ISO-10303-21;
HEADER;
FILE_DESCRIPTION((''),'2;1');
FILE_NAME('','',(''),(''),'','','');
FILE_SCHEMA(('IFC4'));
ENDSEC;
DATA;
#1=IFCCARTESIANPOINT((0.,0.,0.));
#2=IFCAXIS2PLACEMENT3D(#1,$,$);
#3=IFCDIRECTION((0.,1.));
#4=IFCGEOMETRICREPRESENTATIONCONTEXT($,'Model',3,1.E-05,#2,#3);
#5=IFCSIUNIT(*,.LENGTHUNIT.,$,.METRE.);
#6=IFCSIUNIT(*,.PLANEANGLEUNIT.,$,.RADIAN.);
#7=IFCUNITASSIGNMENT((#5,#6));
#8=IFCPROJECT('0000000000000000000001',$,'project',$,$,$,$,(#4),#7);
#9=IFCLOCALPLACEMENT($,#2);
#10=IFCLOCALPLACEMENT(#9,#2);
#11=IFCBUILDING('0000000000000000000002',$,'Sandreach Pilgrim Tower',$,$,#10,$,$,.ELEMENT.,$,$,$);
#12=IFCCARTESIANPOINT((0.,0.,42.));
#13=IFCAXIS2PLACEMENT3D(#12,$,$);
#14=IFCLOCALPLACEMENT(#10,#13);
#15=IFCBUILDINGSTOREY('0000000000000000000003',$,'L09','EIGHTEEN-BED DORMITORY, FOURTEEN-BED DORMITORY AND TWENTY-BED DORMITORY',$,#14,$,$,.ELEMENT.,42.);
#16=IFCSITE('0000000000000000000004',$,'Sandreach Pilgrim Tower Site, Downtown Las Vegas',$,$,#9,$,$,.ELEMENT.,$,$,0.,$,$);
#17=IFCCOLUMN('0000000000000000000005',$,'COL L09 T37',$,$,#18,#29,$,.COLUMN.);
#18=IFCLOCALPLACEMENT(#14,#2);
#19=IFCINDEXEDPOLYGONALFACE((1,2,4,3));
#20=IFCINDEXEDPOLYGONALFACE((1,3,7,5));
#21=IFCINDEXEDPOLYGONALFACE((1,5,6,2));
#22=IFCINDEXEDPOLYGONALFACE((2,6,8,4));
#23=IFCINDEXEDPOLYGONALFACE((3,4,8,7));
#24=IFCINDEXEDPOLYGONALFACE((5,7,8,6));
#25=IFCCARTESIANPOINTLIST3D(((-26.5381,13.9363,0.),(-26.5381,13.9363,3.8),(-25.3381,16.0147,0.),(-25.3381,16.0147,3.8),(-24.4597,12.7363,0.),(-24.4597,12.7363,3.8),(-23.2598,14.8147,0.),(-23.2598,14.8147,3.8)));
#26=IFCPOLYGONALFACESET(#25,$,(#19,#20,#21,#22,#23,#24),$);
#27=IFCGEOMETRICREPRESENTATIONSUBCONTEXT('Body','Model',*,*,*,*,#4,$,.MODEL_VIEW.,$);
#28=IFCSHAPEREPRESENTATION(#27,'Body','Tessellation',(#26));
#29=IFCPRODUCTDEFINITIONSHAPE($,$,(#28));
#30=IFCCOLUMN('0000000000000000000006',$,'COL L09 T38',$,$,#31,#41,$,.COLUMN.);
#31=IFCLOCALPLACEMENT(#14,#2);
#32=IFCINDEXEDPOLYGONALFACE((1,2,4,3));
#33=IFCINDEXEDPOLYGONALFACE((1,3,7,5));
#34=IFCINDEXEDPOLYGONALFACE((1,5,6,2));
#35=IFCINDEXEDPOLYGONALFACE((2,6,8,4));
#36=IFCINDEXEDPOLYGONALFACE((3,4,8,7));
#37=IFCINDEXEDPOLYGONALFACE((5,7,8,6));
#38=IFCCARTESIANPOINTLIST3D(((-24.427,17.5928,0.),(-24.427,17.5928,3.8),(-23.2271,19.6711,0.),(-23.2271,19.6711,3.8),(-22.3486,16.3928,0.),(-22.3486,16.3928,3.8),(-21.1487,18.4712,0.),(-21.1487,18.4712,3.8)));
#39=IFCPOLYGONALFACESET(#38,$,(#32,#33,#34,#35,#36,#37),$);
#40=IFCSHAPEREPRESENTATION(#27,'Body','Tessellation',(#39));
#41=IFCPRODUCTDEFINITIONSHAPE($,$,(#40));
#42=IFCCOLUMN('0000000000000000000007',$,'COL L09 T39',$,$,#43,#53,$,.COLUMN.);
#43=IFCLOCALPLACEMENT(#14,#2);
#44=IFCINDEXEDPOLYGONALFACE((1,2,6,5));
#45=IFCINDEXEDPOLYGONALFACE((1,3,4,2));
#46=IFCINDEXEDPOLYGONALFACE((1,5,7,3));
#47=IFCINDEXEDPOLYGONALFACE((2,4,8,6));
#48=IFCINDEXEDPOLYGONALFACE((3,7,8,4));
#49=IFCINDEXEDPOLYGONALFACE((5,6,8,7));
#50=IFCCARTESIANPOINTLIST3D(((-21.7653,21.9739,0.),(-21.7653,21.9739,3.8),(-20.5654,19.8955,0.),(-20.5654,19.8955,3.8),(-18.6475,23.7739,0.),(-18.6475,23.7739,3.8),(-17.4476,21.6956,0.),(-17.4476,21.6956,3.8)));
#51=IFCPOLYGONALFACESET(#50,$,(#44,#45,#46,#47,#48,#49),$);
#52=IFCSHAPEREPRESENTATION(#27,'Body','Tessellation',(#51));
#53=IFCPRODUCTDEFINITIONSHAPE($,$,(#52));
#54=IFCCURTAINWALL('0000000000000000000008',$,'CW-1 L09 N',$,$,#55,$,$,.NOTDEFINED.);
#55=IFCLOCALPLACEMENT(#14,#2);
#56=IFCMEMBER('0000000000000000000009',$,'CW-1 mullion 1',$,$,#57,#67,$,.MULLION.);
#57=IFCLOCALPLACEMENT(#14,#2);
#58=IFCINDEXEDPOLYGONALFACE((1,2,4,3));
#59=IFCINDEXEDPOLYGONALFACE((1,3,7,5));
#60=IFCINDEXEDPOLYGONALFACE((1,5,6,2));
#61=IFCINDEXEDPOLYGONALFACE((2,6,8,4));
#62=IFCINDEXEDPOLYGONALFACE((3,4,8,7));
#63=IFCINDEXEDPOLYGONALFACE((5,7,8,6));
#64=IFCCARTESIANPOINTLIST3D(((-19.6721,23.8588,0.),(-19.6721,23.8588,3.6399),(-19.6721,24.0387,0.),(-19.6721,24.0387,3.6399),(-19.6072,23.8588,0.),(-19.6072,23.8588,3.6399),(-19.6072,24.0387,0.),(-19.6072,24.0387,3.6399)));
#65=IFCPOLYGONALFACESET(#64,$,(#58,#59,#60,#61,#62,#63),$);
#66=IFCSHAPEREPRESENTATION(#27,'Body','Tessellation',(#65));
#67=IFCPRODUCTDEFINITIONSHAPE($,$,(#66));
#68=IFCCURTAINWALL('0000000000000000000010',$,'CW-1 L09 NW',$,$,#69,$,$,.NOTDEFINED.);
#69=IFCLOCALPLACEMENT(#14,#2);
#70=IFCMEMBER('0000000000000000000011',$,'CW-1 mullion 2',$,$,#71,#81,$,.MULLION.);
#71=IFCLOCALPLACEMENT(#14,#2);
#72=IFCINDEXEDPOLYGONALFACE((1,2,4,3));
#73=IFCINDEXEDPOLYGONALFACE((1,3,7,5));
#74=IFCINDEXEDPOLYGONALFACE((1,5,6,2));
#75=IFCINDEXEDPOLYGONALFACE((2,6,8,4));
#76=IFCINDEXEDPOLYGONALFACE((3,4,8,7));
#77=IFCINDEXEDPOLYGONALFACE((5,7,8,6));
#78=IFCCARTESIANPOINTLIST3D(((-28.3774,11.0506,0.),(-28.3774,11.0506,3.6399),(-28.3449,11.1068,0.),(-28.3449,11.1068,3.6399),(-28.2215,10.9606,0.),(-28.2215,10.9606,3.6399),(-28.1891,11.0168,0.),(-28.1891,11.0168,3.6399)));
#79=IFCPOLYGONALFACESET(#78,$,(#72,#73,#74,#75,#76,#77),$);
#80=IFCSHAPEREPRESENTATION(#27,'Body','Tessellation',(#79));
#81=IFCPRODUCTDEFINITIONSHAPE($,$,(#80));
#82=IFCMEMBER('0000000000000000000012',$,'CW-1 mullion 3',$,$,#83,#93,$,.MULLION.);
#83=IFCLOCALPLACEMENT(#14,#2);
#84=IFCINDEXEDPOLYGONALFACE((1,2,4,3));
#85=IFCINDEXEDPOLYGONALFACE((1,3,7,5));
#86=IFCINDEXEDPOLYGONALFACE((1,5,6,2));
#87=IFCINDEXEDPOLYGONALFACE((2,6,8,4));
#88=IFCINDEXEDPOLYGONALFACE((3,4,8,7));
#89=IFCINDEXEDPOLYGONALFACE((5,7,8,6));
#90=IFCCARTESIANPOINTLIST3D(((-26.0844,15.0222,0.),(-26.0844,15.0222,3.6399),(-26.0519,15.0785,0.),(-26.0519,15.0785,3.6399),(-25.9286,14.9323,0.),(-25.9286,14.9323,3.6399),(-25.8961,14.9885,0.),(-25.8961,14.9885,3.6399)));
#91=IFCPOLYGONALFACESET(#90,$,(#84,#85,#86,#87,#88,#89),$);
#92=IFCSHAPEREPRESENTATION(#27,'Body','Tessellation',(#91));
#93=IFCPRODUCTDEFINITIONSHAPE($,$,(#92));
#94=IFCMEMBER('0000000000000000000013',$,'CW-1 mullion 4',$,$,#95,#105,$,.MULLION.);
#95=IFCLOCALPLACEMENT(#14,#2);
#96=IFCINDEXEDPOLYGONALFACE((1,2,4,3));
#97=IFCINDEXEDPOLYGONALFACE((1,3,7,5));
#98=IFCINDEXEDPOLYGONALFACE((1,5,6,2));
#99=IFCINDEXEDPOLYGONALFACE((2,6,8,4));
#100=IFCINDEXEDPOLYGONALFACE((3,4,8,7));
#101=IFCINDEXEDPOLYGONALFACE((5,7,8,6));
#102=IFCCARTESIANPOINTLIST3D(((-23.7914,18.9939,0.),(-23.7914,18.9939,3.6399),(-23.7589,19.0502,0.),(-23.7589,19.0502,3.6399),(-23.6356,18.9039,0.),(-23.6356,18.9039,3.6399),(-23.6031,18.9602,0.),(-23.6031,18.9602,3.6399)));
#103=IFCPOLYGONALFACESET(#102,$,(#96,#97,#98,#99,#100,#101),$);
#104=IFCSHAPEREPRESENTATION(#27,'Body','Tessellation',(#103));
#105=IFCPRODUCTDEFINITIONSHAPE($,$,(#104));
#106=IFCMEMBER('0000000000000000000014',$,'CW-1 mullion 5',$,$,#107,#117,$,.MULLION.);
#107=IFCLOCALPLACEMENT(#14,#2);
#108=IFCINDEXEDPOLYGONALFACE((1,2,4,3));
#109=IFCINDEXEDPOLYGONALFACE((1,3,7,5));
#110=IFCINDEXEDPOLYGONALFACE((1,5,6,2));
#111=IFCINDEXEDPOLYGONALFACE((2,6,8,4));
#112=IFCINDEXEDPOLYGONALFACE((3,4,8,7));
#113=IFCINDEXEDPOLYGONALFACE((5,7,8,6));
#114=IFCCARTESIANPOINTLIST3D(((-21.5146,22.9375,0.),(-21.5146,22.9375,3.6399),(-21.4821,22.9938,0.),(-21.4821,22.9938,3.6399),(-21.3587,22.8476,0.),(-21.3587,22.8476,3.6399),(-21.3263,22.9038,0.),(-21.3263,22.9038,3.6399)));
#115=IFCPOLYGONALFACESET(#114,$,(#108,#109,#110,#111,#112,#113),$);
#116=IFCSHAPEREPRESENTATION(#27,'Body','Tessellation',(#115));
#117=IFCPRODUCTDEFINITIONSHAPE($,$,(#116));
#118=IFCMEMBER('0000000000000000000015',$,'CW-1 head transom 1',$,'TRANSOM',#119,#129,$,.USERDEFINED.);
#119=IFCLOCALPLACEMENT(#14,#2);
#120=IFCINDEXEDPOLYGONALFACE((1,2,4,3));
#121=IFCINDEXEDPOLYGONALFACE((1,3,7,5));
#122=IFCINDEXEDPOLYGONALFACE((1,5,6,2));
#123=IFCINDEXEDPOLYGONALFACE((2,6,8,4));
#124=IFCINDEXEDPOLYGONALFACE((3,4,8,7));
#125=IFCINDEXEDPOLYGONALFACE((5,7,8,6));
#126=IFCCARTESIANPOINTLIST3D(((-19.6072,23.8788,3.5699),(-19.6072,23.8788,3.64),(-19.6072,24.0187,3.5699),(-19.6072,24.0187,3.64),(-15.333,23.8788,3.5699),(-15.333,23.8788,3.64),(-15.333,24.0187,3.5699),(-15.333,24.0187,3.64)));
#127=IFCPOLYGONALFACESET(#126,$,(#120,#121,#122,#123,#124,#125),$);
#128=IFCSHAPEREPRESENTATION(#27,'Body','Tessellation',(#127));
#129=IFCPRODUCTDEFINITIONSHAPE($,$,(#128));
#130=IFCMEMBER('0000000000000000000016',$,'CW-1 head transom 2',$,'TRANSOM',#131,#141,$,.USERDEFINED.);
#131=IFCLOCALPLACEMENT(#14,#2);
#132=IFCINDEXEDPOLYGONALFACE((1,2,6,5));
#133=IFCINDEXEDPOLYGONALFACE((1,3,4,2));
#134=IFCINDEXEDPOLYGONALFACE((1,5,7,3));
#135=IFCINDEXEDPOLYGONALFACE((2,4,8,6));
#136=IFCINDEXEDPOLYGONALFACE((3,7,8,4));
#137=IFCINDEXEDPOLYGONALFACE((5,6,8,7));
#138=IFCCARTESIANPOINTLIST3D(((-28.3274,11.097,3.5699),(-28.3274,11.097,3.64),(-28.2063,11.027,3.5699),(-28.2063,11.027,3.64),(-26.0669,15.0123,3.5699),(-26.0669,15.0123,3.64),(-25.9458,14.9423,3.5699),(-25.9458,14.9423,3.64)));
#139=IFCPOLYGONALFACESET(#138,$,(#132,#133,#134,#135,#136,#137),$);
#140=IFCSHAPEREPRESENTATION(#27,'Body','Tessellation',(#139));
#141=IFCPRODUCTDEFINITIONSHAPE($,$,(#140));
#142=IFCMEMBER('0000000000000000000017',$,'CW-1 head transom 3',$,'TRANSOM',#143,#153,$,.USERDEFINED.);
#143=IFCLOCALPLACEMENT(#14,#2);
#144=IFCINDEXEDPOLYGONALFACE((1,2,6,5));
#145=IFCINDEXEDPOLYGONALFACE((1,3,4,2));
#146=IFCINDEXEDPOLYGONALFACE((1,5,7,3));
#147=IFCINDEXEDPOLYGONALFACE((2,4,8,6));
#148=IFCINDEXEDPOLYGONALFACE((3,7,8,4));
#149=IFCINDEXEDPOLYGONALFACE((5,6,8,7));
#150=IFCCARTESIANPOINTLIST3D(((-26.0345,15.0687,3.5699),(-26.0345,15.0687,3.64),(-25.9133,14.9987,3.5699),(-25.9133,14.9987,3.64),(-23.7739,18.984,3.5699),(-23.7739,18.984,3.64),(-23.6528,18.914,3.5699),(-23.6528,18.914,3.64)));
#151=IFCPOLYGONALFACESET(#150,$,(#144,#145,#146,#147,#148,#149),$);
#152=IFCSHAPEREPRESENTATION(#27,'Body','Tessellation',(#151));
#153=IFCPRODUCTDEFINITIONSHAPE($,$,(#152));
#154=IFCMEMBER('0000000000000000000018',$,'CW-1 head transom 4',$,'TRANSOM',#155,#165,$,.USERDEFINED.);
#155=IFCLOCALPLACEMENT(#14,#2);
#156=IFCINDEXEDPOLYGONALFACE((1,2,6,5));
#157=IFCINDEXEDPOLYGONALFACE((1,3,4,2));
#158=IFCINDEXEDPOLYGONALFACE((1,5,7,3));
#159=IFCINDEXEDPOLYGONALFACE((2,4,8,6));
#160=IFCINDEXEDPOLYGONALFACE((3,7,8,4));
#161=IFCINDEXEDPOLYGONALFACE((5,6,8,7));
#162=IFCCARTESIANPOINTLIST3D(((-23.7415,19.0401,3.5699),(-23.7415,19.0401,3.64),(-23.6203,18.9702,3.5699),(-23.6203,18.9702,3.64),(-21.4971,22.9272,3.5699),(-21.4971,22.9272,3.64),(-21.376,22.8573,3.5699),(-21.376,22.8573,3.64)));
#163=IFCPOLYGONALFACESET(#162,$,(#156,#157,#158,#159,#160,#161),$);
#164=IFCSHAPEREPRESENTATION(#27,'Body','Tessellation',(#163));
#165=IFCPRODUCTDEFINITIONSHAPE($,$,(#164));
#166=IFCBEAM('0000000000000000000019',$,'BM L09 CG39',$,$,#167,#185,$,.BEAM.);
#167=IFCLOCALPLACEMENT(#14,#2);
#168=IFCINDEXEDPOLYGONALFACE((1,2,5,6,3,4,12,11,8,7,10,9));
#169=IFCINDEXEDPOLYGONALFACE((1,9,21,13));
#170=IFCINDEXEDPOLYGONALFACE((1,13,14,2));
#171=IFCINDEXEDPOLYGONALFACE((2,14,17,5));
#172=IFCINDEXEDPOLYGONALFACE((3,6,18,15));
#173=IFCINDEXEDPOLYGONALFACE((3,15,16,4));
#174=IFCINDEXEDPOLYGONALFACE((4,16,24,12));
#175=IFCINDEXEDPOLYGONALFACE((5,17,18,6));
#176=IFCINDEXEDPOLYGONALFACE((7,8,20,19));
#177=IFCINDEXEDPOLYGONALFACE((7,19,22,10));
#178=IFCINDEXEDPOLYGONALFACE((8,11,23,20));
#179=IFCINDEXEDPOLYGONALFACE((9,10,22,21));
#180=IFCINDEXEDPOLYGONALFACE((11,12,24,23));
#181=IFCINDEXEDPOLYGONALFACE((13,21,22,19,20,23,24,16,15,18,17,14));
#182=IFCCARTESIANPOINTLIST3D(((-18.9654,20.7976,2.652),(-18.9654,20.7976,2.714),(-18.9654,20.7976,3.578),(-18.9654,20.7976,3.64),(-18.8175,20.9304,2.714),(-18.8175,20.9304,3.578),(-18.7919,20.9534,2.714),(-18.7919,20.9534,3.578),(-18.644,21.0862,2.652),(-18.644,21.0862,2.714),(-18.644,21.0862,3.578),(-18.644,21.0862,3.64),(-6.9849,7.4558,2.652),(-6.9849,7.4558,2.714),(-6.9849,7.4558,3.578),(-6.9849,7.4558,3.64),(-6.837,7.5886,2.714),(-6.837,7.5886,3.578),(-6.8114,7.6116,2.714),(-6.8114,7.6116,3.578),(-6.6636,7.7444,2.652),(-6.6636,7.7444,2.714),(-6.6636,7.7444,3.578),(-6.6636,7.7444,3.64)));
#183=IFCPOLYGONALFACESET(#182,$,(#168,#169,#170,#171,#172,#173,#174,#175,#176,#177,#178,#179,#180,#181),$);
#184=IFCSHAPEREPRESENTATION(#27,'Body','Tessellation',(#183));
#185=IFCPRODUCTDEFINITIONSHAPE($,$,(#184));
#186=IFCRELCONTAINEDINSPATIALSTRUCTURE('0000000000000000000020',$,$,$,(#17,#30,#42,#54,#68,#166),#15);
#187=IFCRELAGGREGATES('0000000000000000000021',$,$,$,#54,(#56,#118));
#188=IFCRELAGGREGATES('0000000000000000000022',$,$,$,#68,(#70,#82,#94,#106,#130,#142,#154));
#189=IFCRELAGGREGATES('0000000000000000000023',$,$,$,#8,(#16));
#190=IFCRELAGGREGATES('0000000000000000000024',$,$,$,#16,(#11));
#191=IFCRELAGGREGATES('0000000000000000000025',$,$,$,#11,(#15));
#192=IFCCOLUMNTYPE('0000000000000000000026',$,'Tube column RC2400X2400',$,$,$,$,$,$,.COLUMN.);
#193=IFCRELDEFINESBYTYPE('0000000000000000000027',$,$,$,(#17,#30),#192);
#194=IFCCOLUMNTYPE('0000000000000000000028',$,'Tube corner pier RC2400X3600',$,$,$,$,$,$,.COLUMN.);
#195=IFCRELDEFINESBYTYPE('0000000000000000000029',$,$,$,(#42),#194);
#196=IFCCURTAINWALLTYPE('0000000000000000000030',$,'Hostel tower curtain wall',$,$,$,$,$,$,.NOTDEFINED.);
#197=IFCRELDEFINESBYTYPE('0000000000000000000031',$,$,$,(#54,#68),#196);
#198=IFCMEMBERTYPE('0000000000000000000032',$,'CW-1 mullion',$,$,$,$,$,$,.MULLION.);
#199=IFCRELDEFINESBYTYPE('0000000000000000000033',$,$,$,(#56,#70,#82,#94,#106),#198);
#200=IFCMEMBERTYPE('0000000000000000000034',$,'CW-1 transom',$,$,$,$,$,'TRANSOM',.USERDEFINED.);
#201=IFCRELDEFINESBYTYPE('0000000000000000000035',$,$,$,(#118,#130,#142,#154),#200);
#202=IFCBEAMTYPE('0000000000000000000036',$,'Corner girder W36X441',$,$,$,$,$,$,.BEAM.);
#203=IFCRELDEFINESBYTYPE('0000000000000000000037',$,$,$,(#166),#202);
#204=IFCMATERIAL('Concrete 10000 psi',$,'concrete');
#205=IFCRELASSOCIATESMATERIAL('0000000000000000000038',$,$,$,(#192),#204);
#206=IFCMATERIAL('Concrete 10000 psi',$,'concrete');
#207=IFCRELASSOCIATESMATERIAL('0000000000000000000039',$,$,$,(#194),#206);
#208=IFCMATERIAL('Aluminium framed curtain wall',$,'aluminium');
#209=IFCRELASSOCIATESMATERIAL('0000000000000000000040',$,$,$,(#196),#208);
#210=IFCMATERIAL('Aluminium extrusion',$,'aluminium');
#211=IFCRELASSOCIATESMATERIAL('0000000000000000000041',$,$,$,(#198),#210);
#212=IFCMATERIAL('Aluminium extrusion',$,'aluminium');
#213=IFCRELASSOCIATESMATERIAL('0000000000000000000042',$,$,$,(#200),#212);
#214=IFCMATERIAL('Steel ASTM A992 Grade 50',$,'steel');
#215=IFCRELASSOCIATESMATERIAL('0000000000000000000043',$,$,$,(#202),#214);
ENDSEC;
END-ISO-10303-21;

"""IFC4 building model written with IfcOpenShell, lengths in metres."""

from ifc_helpers import new_model, si_unit, direction, frame, origin, origin_2d, place, context, subcontext, project, spatial, rectangle, i_section, extrude, material, material_profile, profile_set, type_object, element, aggregate, save


model = new_model("IFC4")

# Units and contexts
model_context = context("Model", 3, precision=1e-05, world=origin(), true_north=direction((0.0, 1.0)))
body_context = subcontext(model_context, "Body", "Model", "MODEL_VIEW")
ifc_project = project(units=[si_unit("LENGTHUNIT", "METRE"), si_unit("PLANEANGLEUNIT", "RADIAN")], contexts=[model_context])

# Site, building, storey
site_placement = place(None, origin())
site = spatial("IfcSite", under=ifc_project, at=site_placement, Name="Sandreach Pilgrim Tower Site, Downtown Las Vegas", CompositionType="ELEMENT", RefElevation=0.0)
building_placement = place(site_placement, origin())
building = spatial("IfcBuilding", under=site, at=building_placement, Name="Sandreach Pilgrim Tower", CompositionType="ELEMENT")
storey_placement = place(building_placement, frame((0.0, 0.0, 42.0)))
storey = spatial("IfcBuildingStorey", under=building, at=storey_placement, Name="L09", Description="EIGHTEEN-BED DORMITORY, FOURTEEN-BED DORMITORY AND TWENTY-BED DORMITORY", CompositionType="ELEMENT", Elevation=42.0)

# Columns
ifc_material_1 = material(Name="Concrete 10000 psi", Category="concrete")
ifc_material_profile_1 = material_profile(ifc_material_1, rectangle(XDim=2.3999, YDim=2.3999, at=origin_2d()), Name="RC2400X2400")
ifc_profile_set_1 = profile_set([ifc_material_profile_1], Name="Concrete 10000 psi")
column_type_1 = type_object("IfcColumnType", Name="Tube column RC2400X2400", PredefinedType="COLUMN", material=ifc_profile_set_1)
for number, where, z_axis, x_axis, name in (
    (1, (-24.8989, 14.3755, 0.0), (0.0, 0.0, 1.0), (-0.866025, 0.5, 0.0), "COL L09 T37"),
    (2, (-22.7878, 18.032, 0.0), (0.0, 0.0, 1.0), (-0.866025, 0.5, 0.0), "COL L09 T38"),
):
    element("IfcColumn", number, at=place(storey_placement, frame(where, z_axis=z_axis, x_axis=x_axis)), inside=storey, type_object=column_type_1, Name=name, PredefinedType="COLUMN", context=body_context, shape_type="SweptSolid", body=[
        extrude(rectangle(XDim=2.3999, YDim=2.3999, at=origin_2d()), origin(), (0.0, 0.0, 1.0), 3.8),
    ])
ifc_material_2 = material(Name="Concrete 10000 psi", Category="concrete")
ifc_material_profile_2 = material_profile(ifc_material_2, rectangle(XDim=2.3999, YDim=3.6001, at=origin_2d()), Name="RC2400X3600")
ifc_profile_set_2 = profile_set([ifc_material_profile_2], Name="Concrete 10000 psi")
column_type_2 = type_object("IfcColumnType", Name="Tube corner pier RC2400X3600", PredefinedType="COLUMN", material=ifc_profile_set_2)
column_placement = place(storey_placement, frame((-19.6064, 21.8347, 0.0), z_axis=(0.0, 0.0, 1.0), x_axis=(-0.5, 0.866025, 0.0)))
element("IfcColumn", 3, at=column_placement, inside=storey, type_object=column_type_2, Name="COL L09 T39", PredefinedType="COLUMN", context=body_context, shape_type="SweptSolid", body=[
    extrude(rectangle(XDim=2.3999, YDim=3.6001, at=origin_2d()), origin(), (0.0, 0.0, 1.0), 3.8),
])

# Curtain wall, member
ifc_material_3 = material(Name="Aluminium framed curtain wall", Category="aluminium")
curtain_wall_type = type_object("IfcCurtainWallType", Name="Hostel tower curtain wall", PredefinedType="NOTDEFINED", material=ifc_material_3)
curtain_wall_1_placement = place(storey_placement, origin())
curtain_wall_1 = element("IfcCurtainWall", 4, at=curtain_wall_1_placement, inside=storey, type_object=curtain_wall_type, Name="CW-1 L09 N", PredefinedType="NOTDEFINED")
ifc_material_4 = material(Name="Aluminium extrusion", Category="aluminium")
ifc_material_profile_3 = material_profile(ifc_material_4, rectangle(XDim=0.0649, YDim=0.1799, at=origin_2d()), Name="CW-1M 65X180")
ifc_profile_set_3 = profile_set([ifc_material_profile_3], Name="Aluminium extrusion")
member_type_1 = type_object("IfcMemberType", Name="CW-1 mullion", PredefinedType="MULLION", material=ifc_profile_set_3)
member_1_placement = place(storey_placement, frame((-19.6396, 23.9487, 0.0), z_axis=(0.0, 0.0, 1.0), x_axis=(1.0, 0.0, 0.0)))
member_1 = element("IfcMember", 5, at=member_1_placement, type_object=member_type_1, Name="CW-1 mullion 1", PredefinedType="MULLION", context=body_context, shape_type="SweptSolid", body=[
    extrude(rectangle(XDim=0.0649, YDim=0.1799, at=origin_2d()), origin(), (0.0, 0.0, 1.0), 3.6399),
])

# Curtain wall, members
curtain_wall_2_placement = place(storey_placement, origin())
curtain_wall_2 = element("IfcCurtainWall", 6, at=curtain_wall_2_placement, inside=storey, type_object=curtain_wall_type, Name="CW-1 L09 NW", PredefinedType="NOTDEFINED")
member_2_placement = place(storey_placement, frame((-28.2832, 11.0337, 0.0), z_axis=(0.0, 0.0, 1.0), x_axis=(0.5, 0.866025, 0.0)))
member_2 = element("IfcMember", 7, at=member_2_placement, type_object=member_type_1, Name="CW-1 mullion 2", PredefinedType="MULLION", context=body_context, shape_type="SweptSolid", body=[
    extrude(rectangle(XDim=0.0649, YDim=0.1799, at=origin_2d()), origin(), (0.0, 0.0, 1.0), 3.6399),
])
member_3_placement = place(storey_placement, frame((-25.9902, 15.0054, 0.0), z_axis=(0.0, 0.0, 1.0), x_axis=(0.5, 0.866025, 0.0)))
member_3 = element("IfcMember", 8, at=member_3_placement, type_object=member_type_1, Name="CW-1 mullion 3", PredefinedType="MULLION", context=body_context, shape_type="SweptSolid", body=[
    extrude(rectangle(XDim=0.0649, YDim=0.1799, at=origin_2d()), origin(), (0.0, 0.0, 1.0), 3.6399),
])
member_4_placement = place(storey_placement, frame((-23.6973, 18.9771, 0.0), z_axis=(0.0, 0.0, 1.0), x_axis=(0.5, 0.866025, 0.0)))
member_4 = element("IfcMember", 9, at=member_4_placement, type_object=member_type_1, Name="CW-1 mullion 4", PredefinedType="MULLION", context=body_context, shape_type="SweptSolid", body=[
    extrude(rectangle(XDim=0.0649, YDim=0.1799, at=origin_2d()), origin(), (0.0, 0.0, 1.0), 3.6399),
])
member_5_placement = place(storey_placement, frame((-21.4204, 22.9207, 0.0), z_axis=(0.0, 0.0, 1.0), x_axis=(0.5, 0.866025, 0.0)))
member_5 = element("IfcMember", 10, at=member_5_placement, type_object=member_type_1, Name="CW-1 mullion 5", PredefinedType="MULLION", context=body_context, shape_type="SweptSolid", body=[
    extrude(rectangle(XDim=0.0649, YDim=0.1799, at=origin_2d()), origin(), (0.0, 0.0, 1.0), 3.6399),
])

# Members
ifc_material_5 = material(Name="Aluminium extrusion", Category="aluminium")
ifc_material_profile_4 = material_profile(ifc_material_5, rectangle(XDim=0.1399, YDim=0.0701, at=origin_2d()), Name="CW-1T 140X70")
ifc_profile_set_4 = profile_set([ifc_material_profile_4], Name="Aluminium extrusion")
member_type_2 = type_object("IfcMemberType", Name="CW-1 transom", ElementType="TRANSOM", PredefinedType="USERDEFINED", material=ifc_profile_set_4)
member_6_placement = place(storey_placement, frame((-19.6072, 23.9487, 3.605), z_axis=(1.0, 0.0, 0.0), x_axis=(0.0, 1.0, 0.0)))
member_6 = element("IfcMember", 11, at=member_6_placement, type_object=member_type_2, Name="CW-1 head transom 1", ObjectType="TRANSOM", PredefinedType="USERDEFINED", context=body_context, shape_type="SweptSolid", body=[
    extrude(rectangle(XDim=0.1399, YDim=0.0701, at=origin_2d()), origin(), (0.0, 0.0, 1.0), 4.2742),
])
member_7_placement = place(storey_placement, frame((-28.2668, 11.062, 3.605), z_axis=(0.500001, 0.866025, 0.0), x_axis=(-0.866025, 0.500001, 0.0)))
member_7 = element("IfcMember", 12, at=member_7_placement, type_object=member_type_2, Name="CW-1 head transom 2", ObjectType="TRANSOM", PredefinedType="USERDEFINED", context=body_context, shape_type="SweptSolid", body=[
    extrude(rectangle(XDim=0.1399, YDim=0.0701, at=origin_2d()), origin(), (0.0, 0.0, 1.0), 4.521),
])
member_8_placement = place(storey_placement, frame((-25.9739, 15.0337, 3.605), z_axis=(0.500001, 0.866025, 0.0), x_axis=(-0.866025, 0.500001, 0.0)))
member_8 = element("IfcMember", 13, at=member_8_placement, type_object=member_type_2, Name="CW-1 head transom 3", ObjectType="TRANSOM", PredefinedType="USERDEFINED", context=body_context, shape_type="SweptSolid", body=[
    extrude(rectangle(XDim=0.1399, YDim=0.0701, at=origin_2d()), origin(), (0.0, 0.0, 1.0), 4.521),
])
member_9_placement = place(storey_placement, frame((-23.6809, 19.0051, 3.605), z_axis=(0.500018, 0.866015, 0.0), x_axis=(-0.866015, 0.500018, 0.0)))
member_9 = element("IfcMember", 14, at=member_9_placement, type_object=member_type_2, Name="CW-1 head transom 4", ObjectType="TRANSOM", PredefinedType="USERDEFINED", context=body_context, shape_type="SweptSolid", body=[
    extrude(rectangle(XDim=0.1399, YDim=0.0701, at=origin_2d()), origin(), (0.0, 0.0, 1.0), 4.4885),
])

# Beam
ifc_material_6 = material(Name="Steel ASTM A992 Grade 50", Category="steel")
ifc_material_profile_5 = material_profile(ifc_material_6, i_section(OverallWidth=0.4319, OverallDepth=0.988, WebThickness=0.0344, FlangeThickness=0.062, at=origin_2d()), Name="W36X441")
ifc_profile_set_5 = profile_set([ifc_material_profile_5], Name="Steel ASTM A992 Grade 50")
beam_type_1 = type_object("IfcBeamType", Name="Corner girder W36X441", PredefinedType="BEAM", material=ifc_profile_set_5)
beam_1_placement = place(storey_placement, frame((-18.8047, 20.9419, 3.146), z_axis=(0.668128, -0.744047, 0.0), x_axis=(0.744047, 0.668128, 0.0)))
element("IfcBeam", 15, at=beam_1_placement, inside=storey, type_object=beam_type_1, Name="BM L09 CG39", PredefinedType="BEAM", context=body_context, shape_type="SweptSolid", body=[
    extrude(i_section(OverallWidth=0.4319, OverallDepth=0.988, WebThickness=0.0344, FlangeThickness=0.062, at=origin_2d()), origin(), (0.0, 0.0, 1.0), 17.9314),
])

aggregate(curtain_wall_1, [member_1, member_6])
aggregate(curtain_wall_2, [member_2, member_3, member_4, member_5, member_7, member_8, member_9])

save(model, "model.ifc")
